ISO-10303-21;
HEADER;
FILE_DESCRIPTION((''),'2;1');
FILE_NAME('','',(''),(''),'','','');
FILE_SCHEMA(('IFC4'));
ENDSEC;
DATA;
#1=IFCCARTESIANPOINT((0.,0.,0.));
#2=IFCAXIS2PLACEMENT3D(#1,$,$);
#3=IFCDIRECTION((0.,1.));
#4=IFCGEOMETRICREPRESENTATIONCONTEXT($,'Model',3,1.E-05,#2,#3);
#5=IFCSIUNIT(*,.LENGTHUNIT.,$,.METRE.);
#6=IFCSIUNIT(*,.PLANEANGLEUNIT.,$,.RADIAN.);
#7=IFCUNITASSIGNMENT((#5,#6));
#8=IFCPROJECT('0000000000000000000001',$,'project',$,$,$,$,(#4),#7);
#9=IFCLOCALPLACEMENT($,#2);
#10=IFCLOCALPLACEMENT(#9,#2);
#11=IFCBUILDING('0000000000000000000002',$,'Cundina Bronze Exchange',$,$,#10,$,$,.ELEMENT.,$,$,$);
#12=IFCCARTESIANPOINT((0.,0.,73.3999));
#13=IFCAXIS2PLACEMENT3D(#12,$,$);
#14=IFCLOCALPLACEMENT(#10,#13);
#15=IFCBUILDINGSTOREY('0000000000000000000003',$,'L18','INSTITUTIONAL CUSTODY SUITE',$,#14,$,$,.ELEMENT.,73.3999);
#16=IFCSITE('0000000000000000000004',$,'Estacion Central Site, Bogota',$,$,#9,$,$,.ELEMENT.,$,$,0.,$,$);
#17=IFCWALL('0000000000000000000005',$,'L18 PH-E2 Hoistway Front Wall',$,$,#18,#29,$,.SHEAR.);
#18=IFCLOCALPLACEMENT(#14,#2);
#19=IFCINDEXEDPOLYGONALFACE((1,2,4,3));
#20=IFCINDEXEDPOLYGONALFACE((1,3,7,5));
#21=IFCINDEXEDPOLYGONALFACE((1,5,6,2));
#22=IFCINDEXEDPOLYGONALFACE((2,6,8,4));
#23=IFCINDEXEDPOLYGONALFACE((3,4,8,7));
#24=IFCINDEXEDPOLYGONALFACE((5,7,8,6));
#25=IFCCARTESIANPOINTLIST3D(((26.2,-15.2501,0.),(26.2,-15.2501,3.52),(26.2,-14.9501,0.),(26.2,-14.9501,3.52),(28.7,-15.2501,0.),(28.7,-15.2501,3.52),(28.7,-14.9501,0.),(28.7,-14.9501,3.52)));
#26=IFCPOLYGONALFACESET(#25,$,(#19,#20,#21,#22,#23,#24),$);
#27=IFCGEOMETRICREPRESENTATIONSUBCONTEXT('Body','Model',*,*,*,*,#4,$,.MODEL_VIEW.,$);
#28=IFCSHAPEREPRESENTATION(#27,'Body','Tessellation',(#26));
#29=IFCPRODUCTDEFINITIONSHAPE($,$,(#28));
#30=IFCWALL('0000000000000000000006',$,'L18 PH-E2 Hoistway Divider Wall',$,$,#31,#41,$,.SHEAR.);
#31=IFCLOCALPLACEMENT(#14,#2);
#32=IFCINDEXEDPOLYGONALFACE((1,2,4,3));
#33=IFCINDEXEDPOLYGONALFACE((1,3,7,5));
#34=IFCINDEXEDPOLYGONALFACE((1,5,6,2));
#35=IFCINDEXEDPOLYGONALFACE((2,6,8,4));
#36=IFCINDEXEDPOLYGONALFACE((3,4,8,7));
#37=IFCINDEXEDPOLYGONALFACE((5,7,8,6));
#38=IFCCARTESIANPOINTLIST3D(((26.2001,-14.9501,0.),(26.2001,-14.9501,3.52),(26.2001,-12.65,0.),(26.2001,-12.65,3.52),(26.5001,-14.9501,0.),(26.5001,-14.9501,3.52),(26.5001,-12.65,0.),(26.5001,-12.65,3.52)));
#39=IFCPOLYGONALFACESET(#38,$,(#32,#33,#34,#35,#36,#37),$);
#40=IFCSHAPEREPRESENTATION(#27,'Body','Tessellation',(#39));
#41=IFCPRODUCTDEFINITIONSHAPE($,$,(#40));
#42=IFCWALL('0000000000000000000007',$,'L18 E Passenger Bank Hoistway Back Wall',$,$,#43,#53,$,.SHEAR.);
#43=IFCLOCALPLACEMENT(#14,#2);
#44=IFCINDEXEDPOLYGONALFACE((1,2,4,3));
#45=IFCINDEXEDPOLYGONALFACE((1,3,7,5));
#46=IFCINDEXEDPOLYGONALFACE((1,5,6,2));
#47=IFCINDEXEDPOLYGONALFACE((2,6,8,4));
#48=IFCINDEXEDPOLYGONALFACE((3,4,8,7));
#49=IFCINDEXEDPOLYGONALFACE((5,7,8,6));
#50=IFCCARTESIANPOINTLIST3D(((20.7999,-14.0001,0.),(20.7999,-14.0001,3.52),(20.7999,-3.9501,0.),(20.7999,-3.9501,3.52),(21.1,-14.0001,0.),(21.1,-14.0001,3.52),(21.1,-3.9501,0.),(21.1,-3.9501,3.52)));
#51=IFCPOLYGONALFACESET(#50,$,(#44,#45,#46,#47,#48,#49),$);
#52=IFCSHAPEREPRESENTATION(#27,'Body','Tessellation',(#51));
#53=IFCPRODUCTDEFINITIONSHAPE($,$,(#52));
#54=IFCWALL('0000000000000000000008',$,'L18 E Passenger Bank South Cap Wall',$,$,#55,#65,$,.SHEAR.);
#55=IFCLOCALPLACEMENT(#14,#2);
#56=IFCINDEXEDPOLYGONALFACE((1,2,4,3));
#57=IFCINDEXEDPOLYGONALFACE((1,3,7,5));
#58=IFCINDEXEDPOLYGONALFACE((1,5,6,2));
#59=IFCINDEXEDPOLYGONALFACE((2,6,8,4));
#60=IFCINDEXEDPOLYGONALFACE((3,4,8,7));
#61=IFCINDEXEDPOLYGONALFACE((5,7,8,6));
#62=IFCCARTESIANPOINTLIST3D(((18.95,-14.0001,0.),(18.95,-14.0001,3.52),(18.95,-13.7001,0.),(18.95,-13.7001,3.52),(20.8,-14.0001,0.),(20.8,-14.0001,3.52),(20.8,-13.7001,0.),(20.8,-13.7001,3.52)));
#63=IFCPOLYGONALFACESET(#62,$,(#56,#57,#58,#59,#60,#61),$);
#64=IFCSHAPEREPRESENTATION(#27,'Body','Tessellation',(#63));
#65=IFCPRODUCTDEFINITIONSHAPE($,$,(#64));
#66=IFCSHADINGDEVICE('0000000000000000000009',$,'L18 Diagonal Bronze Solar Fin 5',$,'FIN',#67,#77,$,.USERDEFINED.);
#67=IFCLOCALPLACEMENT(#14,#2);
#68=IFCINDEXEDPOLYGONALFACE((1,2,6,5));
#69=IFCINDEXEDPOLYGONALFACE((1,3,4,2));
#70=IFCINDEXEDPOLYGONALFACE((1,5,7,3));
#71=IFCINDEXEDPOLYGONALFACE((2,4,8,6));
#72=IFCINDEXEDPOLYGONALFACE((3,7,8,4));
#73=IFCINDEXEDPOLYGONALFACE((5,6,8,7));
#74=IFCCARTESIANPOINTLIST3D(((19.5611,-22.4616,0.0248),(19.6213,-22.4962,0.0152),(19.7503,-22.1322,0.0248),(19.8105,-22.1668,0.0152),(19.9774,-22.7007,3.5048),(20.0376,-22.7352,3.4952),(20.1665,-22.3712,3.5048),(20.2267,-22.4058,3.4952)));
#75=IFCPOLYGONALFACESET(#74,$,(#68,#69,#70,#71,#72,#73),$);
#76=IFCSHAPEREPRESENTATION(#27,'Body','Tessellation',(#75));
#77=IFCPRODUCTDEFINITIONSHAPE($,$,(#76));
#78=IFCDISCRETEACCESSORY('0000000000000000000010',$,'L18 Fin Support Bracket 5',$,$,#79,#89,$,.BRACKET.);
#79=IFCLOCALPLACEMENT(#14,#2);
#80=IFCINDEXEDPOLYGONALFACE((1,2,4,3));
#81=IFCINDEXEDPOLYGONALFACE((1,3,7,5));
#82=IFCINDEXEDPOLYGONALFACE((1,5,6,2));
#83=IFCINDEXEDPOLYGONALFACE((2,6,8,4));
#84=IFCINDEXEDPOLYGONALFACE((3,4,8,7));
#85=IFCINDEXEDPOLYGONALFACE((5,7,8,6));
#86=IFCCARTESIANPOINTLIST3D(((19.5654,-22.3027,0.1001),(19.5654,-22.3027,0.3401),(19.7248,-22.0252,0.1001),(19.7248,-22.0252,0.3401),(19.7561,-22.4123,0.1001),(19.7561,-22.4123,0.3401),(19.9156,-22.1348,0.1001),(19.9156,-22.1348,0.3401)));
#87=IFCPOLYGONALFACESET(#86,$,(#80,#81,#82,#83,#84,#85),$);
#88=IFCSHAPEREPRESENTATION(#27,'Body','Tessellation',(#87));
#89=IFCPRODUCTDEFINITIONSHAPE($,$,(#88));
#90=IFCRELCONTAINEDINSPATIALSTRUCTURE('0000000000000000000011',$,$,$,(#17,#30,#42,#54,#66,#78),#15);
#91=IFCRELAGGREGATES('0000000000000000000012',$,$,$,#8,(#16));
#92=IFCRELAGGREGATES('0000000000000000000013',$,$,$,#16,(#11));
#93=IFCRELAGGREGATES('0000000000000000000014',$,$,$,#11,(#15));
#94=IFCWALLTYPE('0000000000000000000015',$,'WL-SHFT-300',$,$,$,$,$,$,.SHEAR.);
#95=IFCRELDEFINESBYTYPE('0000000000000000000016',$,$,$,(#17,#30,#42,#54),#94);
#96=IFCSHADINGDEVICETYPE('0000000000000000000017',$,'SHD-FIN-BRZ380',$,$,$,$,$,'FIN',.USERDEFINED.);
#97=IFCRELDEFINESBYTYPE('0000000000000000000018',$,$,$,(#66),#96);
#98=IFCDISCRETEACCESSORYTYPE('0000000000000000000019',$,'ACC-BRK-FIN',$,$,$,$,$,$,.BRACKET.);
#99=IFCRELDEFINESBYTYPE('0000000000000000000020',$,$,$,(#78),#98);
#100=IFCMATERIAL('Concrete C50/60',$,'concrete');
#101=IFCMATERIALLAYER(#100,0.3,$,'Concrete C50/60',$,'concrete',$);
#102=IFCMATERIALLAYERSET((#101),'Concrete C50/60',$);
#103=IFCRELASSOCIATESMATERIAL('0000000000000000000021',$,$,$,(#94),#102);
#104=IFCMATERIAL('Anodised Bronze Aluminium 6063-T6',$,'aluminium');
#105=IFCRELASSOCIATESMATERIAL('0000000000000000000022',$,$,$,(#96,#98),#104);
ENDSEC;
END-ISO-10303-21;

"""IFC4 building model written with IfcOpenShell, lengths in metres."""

from ifc_helpers import new_model, si_unit, direction, frame, frame_2d, origin, origin_2d, place, context, subcontext, project, spatial, rectangle, extrude, material, layer, layer_set, material_profile, profile_set, type_object, element, save


model = new_model("IFC4")

# Units and contexts
model_context = context("Model", 3, precision=1e-05, world=origin(), true_north=direction((0.0, 1.0)))
body_context = subcontext(model_context, "Body", "Model", "MODEL_VIEW")
ifc_project = project(units=[si_unit("LENGTHUNIT", "METRE"), si_unit("PLANEANGLEUNIT", "RADIAN")], contexts=[model_context])

# Site, building, storey
site_placement = place(None, origin())
site = spatial("IfcSite", under=ifc_project, at=site_placement, Name="Estacion Central Site, Bogota", CompositionType="ELEMENT", RefElevation=0.0)
building_placement = place(site_placement, origin())
building = spatial("IfcBuilding", under=site, at=building_placement, Name="Cundina Bronze Exchange", CompositionType="ELEMENT")
storey_placement = place(building_placement, frame((0.0, 0.0, 73.3999)))
storey = spatial("IfcBuildingStorey", under=building, at=storey_placement, Name="L18", Description="INSTITUTIONAL CUSTODY SUITE", CompositionType="ELEMENT", Elevation=73.3999)

# Shared definitions
ifc_material_1 = material(Name="Anodised Bronze Aluminium 6063-T6", Category="aluminium")

# Walls
ifc_material_2 = material(Name="Concrete C50/60", Category="concrete")
ifc_layer_1 = layer(ifc_material_2, 0.3, Name="Concrete C50/60", Category="concrete")
ifc_layer_set_1 = layer_set([ifc_layer_1], Name="Concrete C50/60")
wall_type_1 = type_object("IfcWallType", Name="WL-SHFT-300", PredefinedType="SHEAR", material=ifc_layer_set_1)
wall_1_placement = place(storey_placement, frame((26.2, -15.1001, 0.0), z_axis=(0.0, 0.0, 1.0), x_axis=(1.0, 0.0, 0.0)))
element("IfcWall", 1, at=wall_1_placement, inside=storey, type_object=wall_type_1, Name="L18 PH-E2 Hoistway Front Wall", PredefinedType="SHEAR", context=body_context, shape_type="SweptSolid", body=[
    extrude(rectangle(XDim=2.5, YDim=0.3, at=frame_2d((1.25, 0.0))), origin(), (0.0, 0.0, 1.0), 3.52),
])
wall_2_placement = place(storey_placement, frame((26.3501, -14.95, 0.0), z_axis=(0.0, 0.0, 1.0), x_axis=(0.0, 1.0, 0.0)))
element("IfcWall", 2, at=wall_2_placement, inside=storey, type_object=wall_type_1, Name="L18 PH-E2 Hoistway Divider Wall", PredefinedType="SHEAR", context=body_context, shape_type="SweptSolid", body=[
    extrude(rectangle(XDim=2.3, YDim=0.3, at=frame_2d((1.1499, 0.0))), origin(), (0.0, 0.0, 1.0), 3.52),
])
wall_3_placement = place(storey_placement, frame((20.95, -14.0, 0.0), z_axis=(0.0, 0.0, 1.0), x_axis=(0.0, 1.0, 0.0)))
element("IfcWall", 3, at=wall_3_placement, inside=storey, type_object=wall_type_1, Name="L18 E Passenger Bank Hoistway Back Wall", PredefinedType="SHEAR", context=body_context, shape_type="SweptSolid", body=[
    extrude(rectangle(XDim=10.05, YDim=0.3, at=frame_2d((5.0249, 0.0))), origin(), (0.0, 0.0, 1.0), 3.52),
])
wall_4_placement = place(storey_placement, frame((18.95, -13.8501, 0.0), z_axis=(0.0, 0.0, 1.0), x_axis=(1.0, 0.0, 0.0)))
element("IfcWall", 4, at=wall_4_placement, inside=storey, type_object=wall_type_1, Name="L18 E Passenger Bank South Cap Wall", PredefinedType="SHEAR", context=body_context, shape_type="SweptSolid", body=[
    extrude(rectangle(XDim=1.8501, YDim=0.3, at=frame_2d((0.925, 0.0))), origin(), (0.0, 0.0, 1.0), 3.52),
])

# Shading device
ifc_material_profile_1 = material_profile(ifc_material_1, rectangle(XDim=0.0701, YDim=0.3799, at=origin_2d()), Name="FIN70X380", Category="aluminium")
ifc_profile_set_1 = profile_set([ifc_material_profile_1], Name="Anodised Bronze Aluminium 6063-T6")
shading_device_type = type_object("IfcShadingDeviceType", Name="SHD-FIN-BRZ380", ElementType="FIN", PredefinedType="USERDEFINED", material=ifc_profile_set_1)
shading_device_placement = place(storey_placement, frame((19.6858, -22.3142, 0.02), z_axis=(0.118494, -0.068038, 0.990621), x_axis=(-0.859075, 0.493275, 0.136638)))
element("IfcShadingDevice", 5, at=shading_device_placement, inside=storey, type_object=shading_device_type, Name="L18 Diagonal Bronze Solar Fin 5", ObjectType="FIN", PredefinedType="USERDEFINED", context=body_context, shape_type="SweptSolid", body=[
    extrude(rectangle(XDim=0.0701, YDim=0.3799, at=origin_2d()), origin(), (0.0, 0.0, 1.0), 3.5129),
])

# Discrete accessory
discrete_accessory_type = type_object("IfcDiscreteAccessoryType", Name="ACC-BRK-FIN", PredefinedType="BRACKET", material=ifc_material_1)
discrete_accessory_placement = place(storey_placement, frame((19.7405, -22.2188, 0.1001), z_axis=(0.0, 0.0, 1.0), x_axis=(0.867105, -0.498125, 0.0)))
element("IfcDiscreteAccessory", 6, at=discrete_accessory_placement, inside=storey, type_object=discrete_accessory_type, Name="L18 Fin Support Bracket 5", PredefinedType="BRACKET", context=body_context, shape_type="SweptSolid", body=[
    extrude(rectangle(XDim=0.22, YDim=0.3201, at=origin_2d()), origin(), (0.0, 0.0, 1.0), 0.24),
])

save(model, "model.ifc")
